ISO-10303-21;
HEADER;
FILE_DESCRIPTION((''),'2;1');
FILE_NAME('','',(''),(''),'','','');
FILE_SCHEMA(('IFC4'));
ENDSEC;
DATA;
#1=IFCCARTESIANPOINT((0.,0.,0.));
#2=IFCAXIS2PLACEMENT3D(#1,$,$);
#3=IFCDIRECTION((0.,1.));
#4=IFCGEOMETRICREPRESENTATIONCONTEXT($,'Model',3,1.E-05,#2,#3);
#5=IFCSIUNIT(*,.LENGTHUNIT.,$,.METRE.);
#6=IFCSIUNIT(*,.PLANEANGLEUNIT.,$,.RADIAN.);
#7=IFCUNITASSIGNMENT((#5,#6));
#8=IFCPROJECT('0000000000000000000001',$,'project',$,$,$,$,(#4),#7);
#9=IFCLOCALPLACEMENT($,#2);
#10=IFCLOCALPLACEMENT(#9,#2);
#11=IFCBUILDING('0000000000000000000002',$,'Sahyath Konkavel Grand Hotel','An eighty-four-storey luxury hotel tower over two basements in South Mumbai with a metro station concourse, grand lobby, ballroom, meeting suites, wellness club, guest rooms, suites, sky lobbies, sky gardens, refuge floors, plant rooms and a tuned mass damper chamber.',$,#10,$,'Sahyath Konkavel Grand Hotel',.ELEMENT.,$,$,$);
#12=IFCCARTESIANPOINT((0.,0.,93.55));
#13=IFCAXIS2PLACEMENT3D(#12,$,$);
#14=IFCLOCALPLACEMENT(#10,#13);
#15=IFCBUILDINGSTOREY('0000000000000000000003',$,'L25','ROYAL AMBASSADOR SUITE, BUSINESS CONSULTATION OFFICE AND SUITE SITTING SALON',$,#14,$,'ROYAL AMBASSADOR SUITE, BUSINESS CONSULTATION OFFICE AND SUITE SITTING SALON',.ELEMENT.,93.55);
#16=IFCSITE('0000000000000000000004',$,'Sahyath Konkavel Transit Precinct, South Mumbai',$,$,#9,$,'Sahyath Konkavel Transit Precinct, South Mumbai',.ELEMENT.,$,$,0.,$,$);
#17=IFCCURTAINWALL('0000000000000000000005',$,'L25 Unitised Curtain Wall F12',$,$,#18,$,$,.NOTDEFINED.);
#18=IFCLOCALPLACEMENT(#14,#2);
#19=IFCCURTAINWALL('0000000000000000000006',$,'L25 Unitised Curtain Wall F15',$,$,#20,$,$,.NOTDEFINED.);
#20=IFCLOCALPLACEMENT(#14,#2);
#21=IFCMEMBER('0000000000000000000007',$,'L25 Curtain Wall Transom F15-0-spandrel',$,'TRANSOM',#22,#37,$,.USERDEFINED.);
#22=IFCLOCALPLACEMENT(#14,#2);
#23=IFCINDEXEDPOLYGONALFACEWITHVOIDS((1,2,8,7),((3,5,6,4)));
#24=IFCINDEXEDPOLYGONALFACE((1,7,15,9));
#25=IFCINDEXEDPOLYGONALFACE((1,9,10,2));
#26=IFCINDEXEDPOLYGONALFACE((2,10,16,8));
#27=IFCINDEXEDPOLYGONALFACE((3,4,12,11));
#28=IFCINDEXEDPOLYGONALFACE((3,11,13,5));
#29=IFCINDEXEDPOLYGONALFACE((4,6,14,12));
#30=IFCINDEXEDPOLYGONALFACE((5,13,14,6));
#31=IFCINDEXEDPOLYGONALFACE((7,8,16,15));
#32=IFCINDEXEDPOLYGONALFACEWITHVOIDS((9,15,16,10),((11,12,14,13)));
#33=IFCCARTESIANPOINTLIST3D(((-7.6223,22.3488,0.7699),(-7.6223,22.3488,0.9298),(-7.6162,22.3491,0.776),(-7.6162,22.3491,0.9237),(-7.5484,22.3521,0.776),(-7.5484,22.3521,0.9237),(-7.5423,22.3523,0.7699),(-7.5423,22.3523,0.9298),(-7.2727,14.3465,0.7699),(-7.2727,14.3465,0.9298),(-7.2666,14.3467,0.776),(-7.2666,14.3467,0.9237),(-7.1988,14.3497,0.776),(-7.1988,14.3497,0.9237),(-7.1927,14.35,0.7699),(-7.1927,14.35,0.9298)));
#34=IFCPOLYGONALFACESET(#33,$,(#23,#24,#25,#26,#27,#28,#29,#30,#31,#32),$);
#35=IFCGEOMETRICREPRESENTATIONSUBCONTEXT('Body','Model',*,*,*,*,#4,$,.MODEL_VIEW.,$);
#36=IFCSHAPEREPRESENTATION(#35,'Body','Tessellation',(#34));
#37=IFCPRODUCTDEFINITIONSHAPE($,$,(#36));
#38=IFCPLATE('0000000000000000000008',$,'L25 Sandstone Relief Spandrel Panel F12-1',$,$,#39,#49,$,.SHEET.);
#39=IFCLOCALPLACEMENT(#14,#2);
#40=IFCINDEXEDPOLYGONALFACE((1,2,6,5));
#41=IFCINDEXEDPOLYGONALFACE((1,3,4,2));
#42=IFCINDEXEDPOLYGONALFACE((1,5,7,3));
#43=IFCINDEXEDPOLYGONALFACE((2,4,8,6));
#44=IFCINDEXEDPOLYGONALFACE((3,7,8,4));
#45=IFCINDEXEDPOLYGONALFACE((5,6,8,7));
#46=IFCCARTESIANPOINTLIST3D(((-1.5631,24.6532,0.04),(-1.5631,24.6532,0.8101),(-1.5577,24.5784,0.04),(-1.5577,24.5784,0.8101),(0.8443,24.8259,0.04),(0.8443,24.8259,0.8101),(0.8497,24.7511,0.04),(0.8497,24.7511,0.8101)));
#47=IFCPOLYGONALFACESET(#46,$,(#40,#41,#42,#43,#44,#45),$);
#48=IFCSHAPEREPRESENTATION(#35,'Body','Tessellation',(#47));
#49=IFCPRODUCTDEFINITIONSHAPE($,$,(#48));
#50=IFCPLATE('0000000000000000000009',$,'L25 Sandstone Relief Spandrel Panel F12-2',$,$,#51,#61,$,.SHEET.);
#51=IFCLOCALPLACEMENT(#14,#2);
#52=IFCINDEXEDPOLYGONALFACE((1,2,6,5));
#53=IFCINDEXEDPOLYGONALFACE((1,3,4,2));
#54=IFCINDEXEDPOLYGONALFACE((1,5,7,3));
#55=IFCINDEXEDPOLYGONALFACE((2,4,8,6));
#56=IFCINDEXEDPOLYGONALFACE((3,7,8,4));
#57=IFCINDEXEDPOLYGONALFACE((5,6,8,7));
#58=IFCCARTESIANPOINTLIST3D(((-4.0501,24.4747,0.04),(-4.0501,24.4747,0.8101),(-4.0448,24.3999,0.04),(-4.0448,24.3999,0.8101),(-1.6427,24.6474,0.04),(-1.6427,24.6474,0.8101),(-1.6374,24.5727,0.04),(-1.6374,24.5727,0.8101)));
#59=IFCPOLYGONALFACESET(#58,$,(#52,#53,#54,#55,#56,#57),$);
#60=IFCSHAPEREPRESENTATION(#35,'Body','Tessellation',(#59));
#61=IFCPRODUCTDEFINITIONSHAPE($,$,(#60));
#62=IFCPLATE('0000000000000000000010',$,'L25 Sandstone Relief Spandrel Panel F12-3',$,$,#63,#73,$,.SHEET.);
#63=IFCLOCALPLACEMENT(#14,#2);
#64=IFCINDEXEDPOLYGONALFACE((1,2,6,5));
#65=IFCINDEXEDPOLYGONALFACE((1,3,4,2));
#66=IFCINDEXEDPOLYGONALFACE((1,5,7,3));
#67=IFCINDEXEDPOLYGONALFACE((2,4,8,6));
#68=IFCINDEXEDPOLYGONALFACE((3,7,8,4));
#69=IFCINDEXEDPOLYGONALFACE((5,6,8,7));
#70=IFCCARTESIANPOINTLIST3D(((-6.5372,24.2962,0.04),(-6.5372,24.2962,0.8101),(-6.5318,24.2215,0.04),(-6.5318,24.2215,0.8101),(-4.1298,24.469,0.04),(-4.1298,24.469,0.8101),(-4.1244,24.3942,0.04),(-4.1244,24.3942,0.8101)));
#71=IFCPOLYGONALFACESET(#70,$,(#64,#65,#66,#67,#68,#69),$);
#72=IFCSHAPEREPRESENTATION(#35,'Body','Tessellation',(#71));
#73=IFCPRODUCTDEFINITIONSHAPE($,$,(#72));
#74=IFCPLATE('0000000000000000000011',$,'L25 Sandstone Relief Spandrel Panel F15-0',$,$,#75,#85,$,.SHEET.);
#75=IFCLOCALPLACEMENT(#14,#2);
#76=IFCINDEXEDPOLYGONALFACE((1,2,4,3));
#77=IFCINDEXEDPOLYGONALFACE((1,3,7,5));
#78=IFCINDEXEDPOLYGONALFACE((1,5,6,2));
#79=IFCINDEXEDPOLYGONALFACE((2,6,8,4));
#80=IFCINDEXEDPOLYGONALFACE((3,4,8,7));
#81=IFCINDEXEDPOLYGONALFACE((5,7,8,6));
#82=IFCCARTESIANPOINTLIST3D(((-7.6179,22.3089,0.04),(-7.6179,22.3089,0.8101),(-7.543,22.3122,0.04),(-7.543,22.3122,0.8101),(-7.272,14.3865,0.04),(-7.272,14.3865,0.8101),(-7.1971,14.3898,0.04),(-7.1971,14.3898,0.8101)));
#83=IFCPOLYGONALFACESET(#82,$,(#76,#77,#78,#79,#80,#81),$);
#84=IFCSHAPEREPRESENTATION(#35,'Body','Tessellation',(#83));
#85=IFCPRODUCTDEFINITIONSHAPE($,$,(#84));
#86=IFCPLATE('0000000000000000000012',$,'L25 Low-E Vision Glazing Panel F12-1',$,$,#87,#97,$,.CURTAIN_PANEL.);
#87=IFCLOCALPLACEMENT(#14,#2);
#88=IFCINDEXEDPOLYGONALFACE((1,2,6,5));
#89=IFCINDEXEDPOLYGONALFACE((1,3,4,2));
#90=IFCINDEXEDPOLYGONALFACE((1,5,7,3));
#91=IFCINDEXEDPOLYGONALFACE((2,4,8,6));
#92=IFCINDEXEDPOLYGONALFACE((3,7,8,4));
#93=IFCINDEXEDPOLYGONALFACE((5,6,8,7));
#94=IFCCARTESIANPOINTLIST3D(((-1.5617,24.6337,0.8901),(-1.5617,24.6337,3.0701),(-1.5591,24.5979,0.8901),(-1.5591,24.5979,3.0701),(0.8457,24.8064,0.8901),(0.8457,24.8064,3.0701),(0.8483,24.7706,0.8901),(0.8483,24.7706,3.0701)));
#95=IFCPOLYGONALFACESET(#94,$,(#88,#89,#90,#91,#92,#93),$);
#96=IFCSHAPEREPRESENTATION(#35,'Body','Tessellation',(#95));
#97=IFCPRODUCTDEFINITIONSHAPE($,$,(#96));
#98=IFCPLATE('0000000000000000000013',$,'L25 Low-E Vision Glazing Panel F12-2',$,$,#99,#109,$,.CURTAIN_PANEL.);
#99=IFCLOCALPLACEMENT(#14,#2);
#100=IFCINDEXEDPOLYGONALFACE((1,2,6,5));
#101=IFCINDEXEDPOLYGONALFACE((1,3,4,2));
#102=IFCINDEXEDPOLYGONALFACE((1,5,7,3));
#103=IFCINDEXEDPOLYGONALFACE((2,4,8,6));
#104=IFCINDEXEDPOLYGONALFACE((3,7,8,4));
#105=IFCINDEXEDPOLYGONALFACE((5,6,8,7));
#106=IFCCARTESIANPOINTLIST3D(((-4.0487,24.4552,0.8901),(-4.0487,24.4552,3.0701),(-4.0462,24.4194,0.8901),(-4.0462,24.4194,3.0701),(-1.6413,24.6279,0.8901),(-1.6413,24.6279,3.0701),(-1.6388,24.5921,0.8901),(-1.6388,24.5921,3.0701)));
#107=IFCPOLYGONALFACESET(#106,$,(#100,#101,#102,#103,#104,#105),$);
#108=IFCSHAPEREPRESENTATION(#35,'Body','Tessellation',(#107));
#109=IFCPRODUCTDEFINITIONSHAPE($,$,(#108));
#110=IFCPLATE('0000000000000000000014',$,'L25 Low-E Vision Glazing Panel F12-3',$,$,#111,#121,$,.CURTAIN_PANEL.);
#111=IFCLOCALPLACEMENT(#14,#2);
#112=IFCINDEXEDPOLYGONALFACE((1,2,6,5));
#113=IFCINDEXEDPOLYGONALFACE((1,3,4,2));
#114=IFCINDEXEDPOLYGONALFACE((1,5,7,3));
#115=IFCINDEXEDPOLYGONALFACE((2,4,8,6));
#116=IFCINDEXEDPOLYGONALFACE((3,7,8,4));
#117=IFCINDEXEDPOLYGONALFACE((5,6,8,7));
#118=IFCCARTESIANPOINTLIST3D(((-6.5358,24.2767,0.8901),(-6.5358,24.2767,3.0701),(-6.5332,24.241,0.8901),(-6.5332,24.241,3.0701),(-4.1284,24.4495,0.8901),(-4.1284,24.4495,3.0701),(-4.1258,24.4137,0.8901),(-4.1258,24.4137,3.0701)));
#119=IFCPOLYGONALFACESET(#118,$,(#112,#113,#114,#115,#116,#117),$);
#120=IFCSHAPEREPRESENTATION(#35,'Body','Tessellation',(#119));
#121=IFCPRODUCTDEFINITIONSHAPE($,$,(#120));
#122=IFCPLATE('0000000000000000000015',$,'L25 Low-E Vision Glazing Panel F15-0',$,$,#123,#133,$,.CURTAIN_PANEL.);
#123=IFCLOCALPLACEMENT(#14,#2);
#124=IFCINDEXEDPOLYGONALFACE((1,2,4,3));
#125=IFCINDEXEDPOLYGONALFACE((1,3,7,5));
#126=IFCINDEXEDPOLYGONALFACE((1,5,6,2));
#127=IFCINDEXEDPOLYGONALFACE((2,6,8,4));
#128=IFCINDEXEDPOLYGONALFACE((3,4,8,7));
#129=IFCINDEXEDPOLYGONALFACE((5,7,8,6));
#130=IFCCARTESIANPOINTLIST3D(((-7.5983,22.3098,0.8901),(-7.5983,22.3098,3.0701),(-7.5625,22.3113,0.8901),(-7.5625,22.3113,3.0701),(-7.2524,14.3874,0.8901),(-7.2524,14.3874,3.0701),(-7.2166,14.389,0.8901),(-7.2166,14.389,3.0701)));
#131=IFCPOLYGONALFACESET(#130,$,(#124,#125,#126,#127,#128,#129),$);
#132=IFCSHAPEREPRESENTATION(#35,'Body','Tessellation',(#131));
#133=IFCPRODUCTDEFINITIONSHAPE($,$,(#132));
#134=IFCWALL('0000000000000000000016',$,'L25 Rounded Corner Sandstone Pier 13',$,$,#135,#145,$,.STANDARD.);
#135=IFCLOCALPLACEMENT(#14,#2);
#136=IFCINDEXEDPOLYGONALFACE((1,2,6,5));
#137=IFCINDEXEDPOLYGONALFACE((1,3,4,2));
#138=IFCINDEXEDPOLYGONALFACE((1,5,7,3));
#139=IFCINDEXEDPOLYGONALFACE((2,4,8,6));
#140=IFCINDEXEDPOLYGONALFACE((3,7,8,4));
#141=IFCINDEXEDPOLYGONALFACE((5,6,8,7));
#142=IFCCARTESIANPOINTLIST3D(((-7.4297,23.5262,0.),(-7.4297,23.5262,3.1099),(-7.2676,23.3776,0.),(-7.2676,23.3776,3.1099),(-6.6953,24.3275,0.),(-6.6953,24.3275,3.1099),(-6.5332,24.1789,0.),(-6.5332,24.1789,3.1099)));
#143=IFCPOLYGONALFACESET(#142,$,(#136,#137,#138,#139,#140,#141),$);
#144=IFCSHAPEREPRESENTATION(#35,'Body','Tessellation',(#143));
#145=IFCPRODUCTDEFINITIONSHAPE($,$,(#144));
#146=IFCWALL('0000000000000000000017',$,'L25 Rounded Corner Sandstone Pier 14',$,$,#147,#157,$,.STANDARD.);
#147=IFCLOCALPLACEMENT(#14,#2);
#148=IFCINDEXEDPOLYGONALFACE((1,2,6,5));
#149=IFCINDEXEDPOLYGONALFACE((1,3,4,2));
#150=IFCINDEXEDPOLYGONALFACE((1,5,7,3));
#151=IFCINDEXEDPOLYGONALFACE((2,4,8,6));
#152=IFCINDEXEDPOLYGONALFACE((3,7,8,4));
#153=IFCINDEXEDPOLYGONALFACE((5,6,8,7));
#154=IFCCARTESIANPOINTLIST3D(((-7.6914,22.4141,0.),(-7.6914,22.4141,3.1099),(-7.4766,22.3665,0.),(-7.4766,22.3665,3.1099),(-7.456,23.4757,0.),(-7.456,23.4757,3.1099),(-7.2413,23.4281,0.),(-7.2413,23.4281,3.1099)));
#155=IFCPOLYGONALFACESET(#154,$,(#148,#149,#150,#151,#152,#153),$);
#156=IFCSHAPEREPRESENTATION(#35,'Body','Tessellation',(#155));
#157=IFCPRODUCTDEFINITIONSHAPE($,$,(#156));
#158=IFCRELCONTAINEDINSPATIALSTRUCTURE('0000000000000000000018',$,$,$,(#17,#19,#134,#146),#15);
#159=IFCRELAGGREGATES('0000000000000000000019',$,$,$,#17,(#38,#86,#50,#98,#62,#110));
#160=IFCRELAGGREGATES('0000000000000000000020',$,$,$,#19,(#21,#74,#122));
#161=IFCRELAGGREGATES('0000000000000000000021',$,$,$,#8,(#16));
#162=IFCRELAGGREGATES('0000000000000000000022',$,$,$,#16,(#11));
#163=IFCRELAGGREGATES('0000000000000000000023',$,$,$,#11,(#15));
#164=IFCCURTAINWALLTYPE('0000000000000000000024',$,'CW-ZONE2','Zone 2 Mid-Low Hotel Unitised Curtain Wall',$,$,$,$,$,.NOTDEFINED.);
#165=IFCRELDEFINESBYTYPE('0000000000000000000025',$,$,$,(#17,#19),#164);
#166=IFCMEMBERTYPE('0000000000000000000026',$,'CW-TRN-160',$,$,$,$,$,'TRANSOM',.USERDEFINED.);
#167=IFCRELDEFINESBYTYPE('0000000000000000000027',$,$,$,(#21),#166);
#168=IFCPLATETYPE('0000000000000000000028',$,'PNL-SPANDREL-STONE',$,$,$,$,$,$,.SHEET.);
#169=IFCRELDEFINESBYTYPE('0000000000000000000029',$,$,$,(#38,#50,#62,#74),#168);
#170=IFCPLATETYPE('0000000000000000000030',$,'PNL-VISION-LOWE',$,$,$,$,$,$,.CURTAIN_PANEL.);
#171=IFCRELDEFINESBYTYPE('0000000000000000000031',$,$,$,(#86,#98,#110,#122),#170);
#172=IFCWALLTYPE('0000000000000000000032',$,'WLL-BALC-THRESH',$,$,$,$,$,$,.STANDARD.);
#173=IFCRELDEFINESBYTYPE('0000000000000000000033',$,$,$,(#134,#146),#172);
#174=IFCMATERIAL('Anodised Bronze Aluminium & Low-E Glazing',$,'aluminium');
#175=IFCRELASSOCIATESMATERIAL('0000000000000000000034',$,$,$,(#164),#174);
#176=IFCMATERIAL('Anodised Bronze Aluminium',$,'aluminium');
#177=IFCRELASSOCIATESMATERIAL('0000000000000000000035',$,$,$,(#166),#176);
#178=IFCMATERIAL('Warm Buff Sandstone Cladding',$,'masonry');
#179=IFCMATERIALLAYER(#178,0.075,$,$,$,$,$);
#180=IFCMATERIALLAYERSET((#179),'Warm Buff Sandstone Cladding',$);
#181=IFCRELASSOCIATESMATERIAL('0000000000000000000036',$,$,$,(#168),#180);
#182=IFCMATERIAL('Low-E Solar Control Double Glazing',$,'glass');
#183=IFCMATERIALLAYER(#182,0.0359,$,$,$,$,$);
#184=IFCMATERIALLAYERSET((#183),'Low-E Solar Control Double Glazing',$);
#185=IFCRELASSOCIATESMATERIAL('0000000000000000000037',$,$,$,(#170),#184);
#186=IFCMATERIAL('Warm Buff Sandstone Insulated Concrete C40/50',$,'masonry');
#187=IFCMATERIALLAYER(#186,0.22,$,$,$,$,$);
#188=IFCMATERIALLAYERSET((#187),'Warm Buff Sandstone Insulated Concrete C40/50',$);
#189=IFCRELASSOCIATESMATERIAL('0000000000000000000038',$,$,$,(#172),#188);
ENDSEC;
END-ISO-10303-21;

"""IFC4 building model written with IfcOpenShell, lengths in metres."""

from ifc_helpers import new_model, si_unit, direction, frame, frame_2d, origin, origin_2d, place, context, subcontext, project, spatial, rectangle, hollow_rectangle, extrude, source, transform, mapped, material, layer, layer_set, material_profile, profile_set, type_object, element, aggregate, save


model = new_model("IFC4")

# Units and contexts
model_context = context("Model", 3, precision=1e-05, world=origin(), true_north=direction((0.0, 1.0)))
body_context = subcontext(model_context, "Body", "Model", "MODEL_VIEW")
ifc_project = project(units=[si_unit("LENGTHUNIT", "METRE"), si_unit("PLANEANGLEUNIT", "RADIAN")], contexts=[model_context])

# Site, building, storey
site_placement = place(None, origin())
site = spatial("IfcSite", under=ifc_project, at=site_placement, Name="Sahyath Konkavel Transit Precinct, South Mumbai", LongName="Sahyath Konkavel Transit Precinct, South Mumbai", CompositionType="ELEMENT", RefElevation=0.0)
building_placement = place(site_placement, origin())
building = spatial("IfcBuilding", under=site, at=building_placement, Name="Sahyath Konkavel Grand Hotel", Description="An eighty-four-storey luxury hotel tower over two basements in South Mumbai with a metro station concourse, grand lobby, ballroom, meeting suites, wellness club, guest rooms, suites, sky lobbies, sky gardens, refuge floors, plant rooms and a tuned mass damper chamber.", LongName="Sahyath Konkavel Grand Hotel", CompositionType="ELEMENT")
storey_placement = place(building_placement, frame((0.0, 0.0, 93.55)))
storey = spatial("IfcBuildingStorey", under=building, at=storey_placement, Name="L25", Description="ROYAL AMBASSADOR SUITE, BUSINESS CONSULTATION OFFICE AND SUITE SITTING SALON", LongName="ROYAL AMBASSADOR SUITE, BUSINESS CONSULTATION OFFICE AND SUITE SITTING SALON", CompositionType="ELEMENT", Elevation=93.55)

# Curtain wall
ifc_material_1 = material(Name="Anodised Bronze Aluminium & Low-E Glazing", Category="aluminium")
curtain_wall_type = type_object("IfcCurtainWallType", Name="CW-ZONE2", Description="Zone 2 Mid-Low Hotel Unitised Curtain Wall", PredefinedType="NOTDEFINED", material=ifc_material_1)
curtain_wall_1_placement = place(storey_placement, origin())
curtain_wall_1 = element("IfcCurtainWall", 1, at=curtain_wall_1_placement, inside=storey, type_object=curtain_wall_type, Name="L25 Unitised Curtain Wall F12", PredefinedType="NOTDEFINED")
ifc_material_2 = material(Name="Anodised Bronze Aluminium", Category="aluminium")

# Curtain wall
curtain_wall_2_placement = place(storey_placement, origin())
curtain_wall_2 = element("IfcCurtainWall", 2, at=curtain_wall_2_placement, inside=storey, type_object=curtain_wall_type, Name="L25 Unitised Curtain Wall F15", PredefinedType="NOTDEFINED")

# Member
ifc_material_profile_1 = material_profile(ifc_material_2, hollow_rectangle(XDim=0.0801, YDim=0.1599, WallThickness=0.0061, at=origin_2d()), Name="RHS 160x80x6")
ifc_profile_set_1 = profile_set([ifc_material_profile_1], Name="Anodised Bronze Aluminium")
member_type_1 = type_object("IfcMemberType", Name="CW-TRN-160", ElementType="TRANSOM", PredefinedType="USERDEFINED", material=ifc_profile_set_1)
shared_shape_1 = source(origin(), body_context, "Body", "SweptSolid", [
    extrude(hollow_rectangle(XDim=0.0801, YDim=0.1599, WallThickness=0.0061, at=origin_2d()), origin(), (0.0, 0.0, 1.0), 8.01),
])
member_1_placement = place(storey_placement, frame((-7.5823, 22.3506, 0.8499), z_axis=(0.043646, -0.999047, 0.0), x_axis=(0.999047, 0.043646, 0.0)))
member_1 = element("IfcMember", 3, at=member_1_placement, type_object=member_type_1, Name="L25 Curtain Wall Transom F15-0-spandrel", ObjectType="TRANSOM", PredefinedType="USERDEFINED", context=body_context, shape_type="MappedRepresentation", body=[
    mapped(shared_shape_1, transform((0.0, 0.0, 0.0), scale=1.0)),
])

# Plates
ifc_material_3 = material(Name="Warm Buff Sandstone Cladding", Category="masonry")
ifc_layer_1 = layer(ifc_material_3, 0.075)
ifc_layer_set_1 = layer_set([ifc_layer_1], Name="Warm Buff Sandstone Cladding")
plate_type_1 = type_object("IfcPlateType", Name="PNL-SPANDREL-STONE", PredefinedType="SHEET", material=ifc_layer_set_1)
shared_shape_2 = source(origin(), body_context, "Body", "SweptSolid", [
    extrude(rectangle(XDim=2.4136, YDim=0.075, at=origin_2d()), origin(), (0.0, 0.0, 1.0), 0.77),
])
plate_1_placement = place(storey_placement, frame((-0.3567, 24.7021, 0.04), z_axis=(0.0, 0.0, 1.0), x_axis=(-0.997436, -0.071567, 0.0)))
plate_1 = element("IfcPlate", 4, at=plate_1_placement, type_object=plate_type_1, Name="L25 Sandstone Relief Spandrel Panel F12-1", PredefinedType="SHEET", context=body_context, shape_type="MappedRepresentation", body=[
    mapped(shared_shape_2, transform((0.0, 0.0, 0.0), scale=1.0)),
])
plate_2_placement = place(storey_placement, frame((-2.8438, 24.5237, 0.04), z_axis=(0.0, 0.0, 1.0), x_axis=(-0.997436, -0.071567, 0.0)))
plate_2 = element("IfcPlate", 5, at=plate_2_placement, type_object=plate_type_1, Name="L25 Sandstone Relief Spandrel Panel F12-2", PredefinedType="SHEET", context=body_context, shape_type="MappedRepresentation", body=[
    mapped(shared_shape_2, transform((0.0, 0.0, 0.0), scale=1.0)),
])
plate_3_placement = place(storey_placement, frame((-5.3308, 24.3452, 0.04), z_axis=(0.0, 0.0, 1.0), x_axis=(-0.997436, -0.071567, 0.0)))
plate_3 = element("IfcPlate", 6, at=plate_3_placement, type_object=plate_type_1, Name="L25 Sandstone Relief Spandrel Panel F12-3", PredefinedType="SHEET", context=body_context, shape_type="MappedRepresentation", body=[
    mapped(shared_shape_2, transform((0.0, 0.0, 0.0), scale=1.0)),
])
shared_shape_3 = source(origin(), body_context, "Body", "SweptSolid", [
    extrude(rectangle(XDim=7.9299, YDim=0.075, at=origin_2d()), origin(), (0.0, 0.0, 1.0), 0.77),
])
plate_4_placement = place(storey_placement, frame((-7.4075, 18.3494, 0.04), z_axis=(0.0, 0.0, 1.0), x_axis=(0.043619, -0.999048, 0.0)))
plate_4 = element("IfcPlate", 7, at=plate_4_placement, type_object=plate_type_1, Name="L25 Sandstone Relief Spandrel Panel F15-0", PredefinedType="SHEET", context=body_context, shape_type="MappedRepresentation", body=[
    mapped(shared_shape_3, transform((0.0, 0.0, 0.0), scale=1.0)),
])
ifc_material_4 = material(Name="Low-E Solar Control Double Glazing", Category="glass")
ifc_layer_2 = layer(ifc_material_4, 0.0359)
ifc_layer_set_2 = layer_set([ifc_layer_2], Name="Low-E Solar Control Double Glazing")
plate_type_2 = type_object("IfcPlateType", Name="PNL-VISION-LOWE", PredefinedType="CURTAIN_PANEL", material=ifc_layer_set_2)
shared_shape_4 = source(origin(), body_context, "Body", "SweptSolid", [
    extrude(rectangle(XDim=2.4136, YDim=0.0359, at=origin_2d()), origin(), (0.0, 0.0, 1.0), 2.1799),
])
plate_5_placement = place(storey_placement, frame((-0.3567, 24.7021, 0.8901), z_axis=(0.0, 0.0, 1.0), x_axis=(-0.997436, -0.071567, 0.0)))
plate_5 = element("IfcPlate", 8, at=plate_5_placement, type_object=plate_type_2, Name="L25 Low-E Vision Glazing Panel F12-1", PredefinedType="CURTAIN_PANEL", context=body_context, shape_type="MappedRepresentation", body=[
    mapped(shared_shape_4, transform((0.0, 0.0, 0.0), scale=1.0)),
])
plate_6_placement = place(storey_placement, frame((-2.8438, 24.5237, 0.8901), z_axis=(0.0, 0.0, 1.0), x_axis=(-0.997436, -0.071567, 0.0)))
plate_6 = element("IfcPlate", 9, at=plate_6_placement, type_object=plate_type_2, Name="L25 Low-E Vision Glazing Panel F12-2", PredefinedType="CURTAIN_PANEL", context=body_context, shape_type="MappedRepresentation", body=[
    mapped(shared_shape_4, transform((0.0, 0.0, 0.0), scale=1.0)),
])
plate_7_placement = place(storey_placement, frame((-5.3308, 24.3452, 0.8901), z_axis=(0.0, 0.0, 1.0), x_axis=(-0.997436, -0.071567, 0.0)))
plate_7 = element("IfcPlate", 10, at=plate_7_placement, type_object=plate_type_2, Name="L25 Low-E Vision Glazing Panel F12-3", PredefinedType="CURTAIN_PANEL", context=body_context, shape_type="MappedRepresentation", body=[
    mapped(shared_shape_4, transform((0.0, 0.0, 0.0), scale=1.0)),
])
aggregate(curtain_wall_1, [plate_1, plate_5, plate_2, plate_6, plate_3, plate_7])
shared_shape_5 = source(origin(), body_context, "Body", "SweptSolid", [
    extrude(rectangle(XDim=7.9299, YDim=0.0359, at=origin_2d()), origin(), (0.0, 0.0, 1.0), 2.1799),
])
plate_8_placement = place(storey_placement, frame((-7.4075, 18.3494, 0.8901), z_axis=(0.0, 0.0, 1.0), x_axis=(0.043619, -0.999048, 0.0)))
plate_8 = element("IfcPlate", 11, at=plate_8_placement, type_object=plate_type_2, Name="L25 Low-E Vision Glazing Panel F15-0", PredefinedType="CURTAIN_PANEL", context=body_context, shape_type="MappedRepresentation", body=[
    mapped(shared_shape_5, transform((0.0, 0.0, 0.0), scale=1.0)),
])
aggregate(curtain_wall_2, [member_1, plate_4, plate_8])

# Walls
ifc_material_5 = material(Name="Warm Buff Sandstone Insulated Concrete C40/50", Category="masonry")
ifc_layer_3 = layer(ifc_material_5, 0.22)
ifc_layer_set_3 = layer_set([ifc_layer_3], Name="Warm Buff Sandstone Insulated Concrete C40/50")
wall_type_1 = type_object("IfcWallType", Name="WLL-BALC-THRESH", PredefinedType="STANDARD", material=ifc_layer_set_3)
wall_1_placement = place(storey_placement, frame((-6.6143, 24.2532, 0.0), z_axis=(0.0, 0.0, 1.0), x_axis=(-0.675664, -0.73721, 0.0)))
element("IfcWall", 12, at=wall_1_placement, inside=storey, type_object=wall_type_1, Name="L25 Rounded Corner Sandstone Pier 13", PredefinedType="STANDARD", context=body_context, shape_type="SweptSolid", body=[
    extrude(rectangle(XDim=1.0869, YDim=0.22, at=frame_2d((0.5435, 0.0))), origin(), (0.0, 0.0, 1.0), 3.1099),
])
wall_2_placement = place(storey_placement, frame((-7.3486, 23.4519, 0.0), z_axis=(0.0, 0.0, 1.0), x_axis=(-0.216455, -0.976293, 0.0)))
element("IfcWall", 13, at=wall_2_placement, inside=storey, type_object=wall_type_1, Name="L25 Rounded Corner Sandstone Pier 14", PredefinedType="STANDARD", context=body_context, shape_type="SweptSolid", body=[
    extrude(rectangle(XDim=1.0874, YDim=0.22, at=frame_2d((0.5437, 0.0))), origin(), (0.0, 0.0, 1.0), 3.1099),
])

save(model, "model.ifc")
